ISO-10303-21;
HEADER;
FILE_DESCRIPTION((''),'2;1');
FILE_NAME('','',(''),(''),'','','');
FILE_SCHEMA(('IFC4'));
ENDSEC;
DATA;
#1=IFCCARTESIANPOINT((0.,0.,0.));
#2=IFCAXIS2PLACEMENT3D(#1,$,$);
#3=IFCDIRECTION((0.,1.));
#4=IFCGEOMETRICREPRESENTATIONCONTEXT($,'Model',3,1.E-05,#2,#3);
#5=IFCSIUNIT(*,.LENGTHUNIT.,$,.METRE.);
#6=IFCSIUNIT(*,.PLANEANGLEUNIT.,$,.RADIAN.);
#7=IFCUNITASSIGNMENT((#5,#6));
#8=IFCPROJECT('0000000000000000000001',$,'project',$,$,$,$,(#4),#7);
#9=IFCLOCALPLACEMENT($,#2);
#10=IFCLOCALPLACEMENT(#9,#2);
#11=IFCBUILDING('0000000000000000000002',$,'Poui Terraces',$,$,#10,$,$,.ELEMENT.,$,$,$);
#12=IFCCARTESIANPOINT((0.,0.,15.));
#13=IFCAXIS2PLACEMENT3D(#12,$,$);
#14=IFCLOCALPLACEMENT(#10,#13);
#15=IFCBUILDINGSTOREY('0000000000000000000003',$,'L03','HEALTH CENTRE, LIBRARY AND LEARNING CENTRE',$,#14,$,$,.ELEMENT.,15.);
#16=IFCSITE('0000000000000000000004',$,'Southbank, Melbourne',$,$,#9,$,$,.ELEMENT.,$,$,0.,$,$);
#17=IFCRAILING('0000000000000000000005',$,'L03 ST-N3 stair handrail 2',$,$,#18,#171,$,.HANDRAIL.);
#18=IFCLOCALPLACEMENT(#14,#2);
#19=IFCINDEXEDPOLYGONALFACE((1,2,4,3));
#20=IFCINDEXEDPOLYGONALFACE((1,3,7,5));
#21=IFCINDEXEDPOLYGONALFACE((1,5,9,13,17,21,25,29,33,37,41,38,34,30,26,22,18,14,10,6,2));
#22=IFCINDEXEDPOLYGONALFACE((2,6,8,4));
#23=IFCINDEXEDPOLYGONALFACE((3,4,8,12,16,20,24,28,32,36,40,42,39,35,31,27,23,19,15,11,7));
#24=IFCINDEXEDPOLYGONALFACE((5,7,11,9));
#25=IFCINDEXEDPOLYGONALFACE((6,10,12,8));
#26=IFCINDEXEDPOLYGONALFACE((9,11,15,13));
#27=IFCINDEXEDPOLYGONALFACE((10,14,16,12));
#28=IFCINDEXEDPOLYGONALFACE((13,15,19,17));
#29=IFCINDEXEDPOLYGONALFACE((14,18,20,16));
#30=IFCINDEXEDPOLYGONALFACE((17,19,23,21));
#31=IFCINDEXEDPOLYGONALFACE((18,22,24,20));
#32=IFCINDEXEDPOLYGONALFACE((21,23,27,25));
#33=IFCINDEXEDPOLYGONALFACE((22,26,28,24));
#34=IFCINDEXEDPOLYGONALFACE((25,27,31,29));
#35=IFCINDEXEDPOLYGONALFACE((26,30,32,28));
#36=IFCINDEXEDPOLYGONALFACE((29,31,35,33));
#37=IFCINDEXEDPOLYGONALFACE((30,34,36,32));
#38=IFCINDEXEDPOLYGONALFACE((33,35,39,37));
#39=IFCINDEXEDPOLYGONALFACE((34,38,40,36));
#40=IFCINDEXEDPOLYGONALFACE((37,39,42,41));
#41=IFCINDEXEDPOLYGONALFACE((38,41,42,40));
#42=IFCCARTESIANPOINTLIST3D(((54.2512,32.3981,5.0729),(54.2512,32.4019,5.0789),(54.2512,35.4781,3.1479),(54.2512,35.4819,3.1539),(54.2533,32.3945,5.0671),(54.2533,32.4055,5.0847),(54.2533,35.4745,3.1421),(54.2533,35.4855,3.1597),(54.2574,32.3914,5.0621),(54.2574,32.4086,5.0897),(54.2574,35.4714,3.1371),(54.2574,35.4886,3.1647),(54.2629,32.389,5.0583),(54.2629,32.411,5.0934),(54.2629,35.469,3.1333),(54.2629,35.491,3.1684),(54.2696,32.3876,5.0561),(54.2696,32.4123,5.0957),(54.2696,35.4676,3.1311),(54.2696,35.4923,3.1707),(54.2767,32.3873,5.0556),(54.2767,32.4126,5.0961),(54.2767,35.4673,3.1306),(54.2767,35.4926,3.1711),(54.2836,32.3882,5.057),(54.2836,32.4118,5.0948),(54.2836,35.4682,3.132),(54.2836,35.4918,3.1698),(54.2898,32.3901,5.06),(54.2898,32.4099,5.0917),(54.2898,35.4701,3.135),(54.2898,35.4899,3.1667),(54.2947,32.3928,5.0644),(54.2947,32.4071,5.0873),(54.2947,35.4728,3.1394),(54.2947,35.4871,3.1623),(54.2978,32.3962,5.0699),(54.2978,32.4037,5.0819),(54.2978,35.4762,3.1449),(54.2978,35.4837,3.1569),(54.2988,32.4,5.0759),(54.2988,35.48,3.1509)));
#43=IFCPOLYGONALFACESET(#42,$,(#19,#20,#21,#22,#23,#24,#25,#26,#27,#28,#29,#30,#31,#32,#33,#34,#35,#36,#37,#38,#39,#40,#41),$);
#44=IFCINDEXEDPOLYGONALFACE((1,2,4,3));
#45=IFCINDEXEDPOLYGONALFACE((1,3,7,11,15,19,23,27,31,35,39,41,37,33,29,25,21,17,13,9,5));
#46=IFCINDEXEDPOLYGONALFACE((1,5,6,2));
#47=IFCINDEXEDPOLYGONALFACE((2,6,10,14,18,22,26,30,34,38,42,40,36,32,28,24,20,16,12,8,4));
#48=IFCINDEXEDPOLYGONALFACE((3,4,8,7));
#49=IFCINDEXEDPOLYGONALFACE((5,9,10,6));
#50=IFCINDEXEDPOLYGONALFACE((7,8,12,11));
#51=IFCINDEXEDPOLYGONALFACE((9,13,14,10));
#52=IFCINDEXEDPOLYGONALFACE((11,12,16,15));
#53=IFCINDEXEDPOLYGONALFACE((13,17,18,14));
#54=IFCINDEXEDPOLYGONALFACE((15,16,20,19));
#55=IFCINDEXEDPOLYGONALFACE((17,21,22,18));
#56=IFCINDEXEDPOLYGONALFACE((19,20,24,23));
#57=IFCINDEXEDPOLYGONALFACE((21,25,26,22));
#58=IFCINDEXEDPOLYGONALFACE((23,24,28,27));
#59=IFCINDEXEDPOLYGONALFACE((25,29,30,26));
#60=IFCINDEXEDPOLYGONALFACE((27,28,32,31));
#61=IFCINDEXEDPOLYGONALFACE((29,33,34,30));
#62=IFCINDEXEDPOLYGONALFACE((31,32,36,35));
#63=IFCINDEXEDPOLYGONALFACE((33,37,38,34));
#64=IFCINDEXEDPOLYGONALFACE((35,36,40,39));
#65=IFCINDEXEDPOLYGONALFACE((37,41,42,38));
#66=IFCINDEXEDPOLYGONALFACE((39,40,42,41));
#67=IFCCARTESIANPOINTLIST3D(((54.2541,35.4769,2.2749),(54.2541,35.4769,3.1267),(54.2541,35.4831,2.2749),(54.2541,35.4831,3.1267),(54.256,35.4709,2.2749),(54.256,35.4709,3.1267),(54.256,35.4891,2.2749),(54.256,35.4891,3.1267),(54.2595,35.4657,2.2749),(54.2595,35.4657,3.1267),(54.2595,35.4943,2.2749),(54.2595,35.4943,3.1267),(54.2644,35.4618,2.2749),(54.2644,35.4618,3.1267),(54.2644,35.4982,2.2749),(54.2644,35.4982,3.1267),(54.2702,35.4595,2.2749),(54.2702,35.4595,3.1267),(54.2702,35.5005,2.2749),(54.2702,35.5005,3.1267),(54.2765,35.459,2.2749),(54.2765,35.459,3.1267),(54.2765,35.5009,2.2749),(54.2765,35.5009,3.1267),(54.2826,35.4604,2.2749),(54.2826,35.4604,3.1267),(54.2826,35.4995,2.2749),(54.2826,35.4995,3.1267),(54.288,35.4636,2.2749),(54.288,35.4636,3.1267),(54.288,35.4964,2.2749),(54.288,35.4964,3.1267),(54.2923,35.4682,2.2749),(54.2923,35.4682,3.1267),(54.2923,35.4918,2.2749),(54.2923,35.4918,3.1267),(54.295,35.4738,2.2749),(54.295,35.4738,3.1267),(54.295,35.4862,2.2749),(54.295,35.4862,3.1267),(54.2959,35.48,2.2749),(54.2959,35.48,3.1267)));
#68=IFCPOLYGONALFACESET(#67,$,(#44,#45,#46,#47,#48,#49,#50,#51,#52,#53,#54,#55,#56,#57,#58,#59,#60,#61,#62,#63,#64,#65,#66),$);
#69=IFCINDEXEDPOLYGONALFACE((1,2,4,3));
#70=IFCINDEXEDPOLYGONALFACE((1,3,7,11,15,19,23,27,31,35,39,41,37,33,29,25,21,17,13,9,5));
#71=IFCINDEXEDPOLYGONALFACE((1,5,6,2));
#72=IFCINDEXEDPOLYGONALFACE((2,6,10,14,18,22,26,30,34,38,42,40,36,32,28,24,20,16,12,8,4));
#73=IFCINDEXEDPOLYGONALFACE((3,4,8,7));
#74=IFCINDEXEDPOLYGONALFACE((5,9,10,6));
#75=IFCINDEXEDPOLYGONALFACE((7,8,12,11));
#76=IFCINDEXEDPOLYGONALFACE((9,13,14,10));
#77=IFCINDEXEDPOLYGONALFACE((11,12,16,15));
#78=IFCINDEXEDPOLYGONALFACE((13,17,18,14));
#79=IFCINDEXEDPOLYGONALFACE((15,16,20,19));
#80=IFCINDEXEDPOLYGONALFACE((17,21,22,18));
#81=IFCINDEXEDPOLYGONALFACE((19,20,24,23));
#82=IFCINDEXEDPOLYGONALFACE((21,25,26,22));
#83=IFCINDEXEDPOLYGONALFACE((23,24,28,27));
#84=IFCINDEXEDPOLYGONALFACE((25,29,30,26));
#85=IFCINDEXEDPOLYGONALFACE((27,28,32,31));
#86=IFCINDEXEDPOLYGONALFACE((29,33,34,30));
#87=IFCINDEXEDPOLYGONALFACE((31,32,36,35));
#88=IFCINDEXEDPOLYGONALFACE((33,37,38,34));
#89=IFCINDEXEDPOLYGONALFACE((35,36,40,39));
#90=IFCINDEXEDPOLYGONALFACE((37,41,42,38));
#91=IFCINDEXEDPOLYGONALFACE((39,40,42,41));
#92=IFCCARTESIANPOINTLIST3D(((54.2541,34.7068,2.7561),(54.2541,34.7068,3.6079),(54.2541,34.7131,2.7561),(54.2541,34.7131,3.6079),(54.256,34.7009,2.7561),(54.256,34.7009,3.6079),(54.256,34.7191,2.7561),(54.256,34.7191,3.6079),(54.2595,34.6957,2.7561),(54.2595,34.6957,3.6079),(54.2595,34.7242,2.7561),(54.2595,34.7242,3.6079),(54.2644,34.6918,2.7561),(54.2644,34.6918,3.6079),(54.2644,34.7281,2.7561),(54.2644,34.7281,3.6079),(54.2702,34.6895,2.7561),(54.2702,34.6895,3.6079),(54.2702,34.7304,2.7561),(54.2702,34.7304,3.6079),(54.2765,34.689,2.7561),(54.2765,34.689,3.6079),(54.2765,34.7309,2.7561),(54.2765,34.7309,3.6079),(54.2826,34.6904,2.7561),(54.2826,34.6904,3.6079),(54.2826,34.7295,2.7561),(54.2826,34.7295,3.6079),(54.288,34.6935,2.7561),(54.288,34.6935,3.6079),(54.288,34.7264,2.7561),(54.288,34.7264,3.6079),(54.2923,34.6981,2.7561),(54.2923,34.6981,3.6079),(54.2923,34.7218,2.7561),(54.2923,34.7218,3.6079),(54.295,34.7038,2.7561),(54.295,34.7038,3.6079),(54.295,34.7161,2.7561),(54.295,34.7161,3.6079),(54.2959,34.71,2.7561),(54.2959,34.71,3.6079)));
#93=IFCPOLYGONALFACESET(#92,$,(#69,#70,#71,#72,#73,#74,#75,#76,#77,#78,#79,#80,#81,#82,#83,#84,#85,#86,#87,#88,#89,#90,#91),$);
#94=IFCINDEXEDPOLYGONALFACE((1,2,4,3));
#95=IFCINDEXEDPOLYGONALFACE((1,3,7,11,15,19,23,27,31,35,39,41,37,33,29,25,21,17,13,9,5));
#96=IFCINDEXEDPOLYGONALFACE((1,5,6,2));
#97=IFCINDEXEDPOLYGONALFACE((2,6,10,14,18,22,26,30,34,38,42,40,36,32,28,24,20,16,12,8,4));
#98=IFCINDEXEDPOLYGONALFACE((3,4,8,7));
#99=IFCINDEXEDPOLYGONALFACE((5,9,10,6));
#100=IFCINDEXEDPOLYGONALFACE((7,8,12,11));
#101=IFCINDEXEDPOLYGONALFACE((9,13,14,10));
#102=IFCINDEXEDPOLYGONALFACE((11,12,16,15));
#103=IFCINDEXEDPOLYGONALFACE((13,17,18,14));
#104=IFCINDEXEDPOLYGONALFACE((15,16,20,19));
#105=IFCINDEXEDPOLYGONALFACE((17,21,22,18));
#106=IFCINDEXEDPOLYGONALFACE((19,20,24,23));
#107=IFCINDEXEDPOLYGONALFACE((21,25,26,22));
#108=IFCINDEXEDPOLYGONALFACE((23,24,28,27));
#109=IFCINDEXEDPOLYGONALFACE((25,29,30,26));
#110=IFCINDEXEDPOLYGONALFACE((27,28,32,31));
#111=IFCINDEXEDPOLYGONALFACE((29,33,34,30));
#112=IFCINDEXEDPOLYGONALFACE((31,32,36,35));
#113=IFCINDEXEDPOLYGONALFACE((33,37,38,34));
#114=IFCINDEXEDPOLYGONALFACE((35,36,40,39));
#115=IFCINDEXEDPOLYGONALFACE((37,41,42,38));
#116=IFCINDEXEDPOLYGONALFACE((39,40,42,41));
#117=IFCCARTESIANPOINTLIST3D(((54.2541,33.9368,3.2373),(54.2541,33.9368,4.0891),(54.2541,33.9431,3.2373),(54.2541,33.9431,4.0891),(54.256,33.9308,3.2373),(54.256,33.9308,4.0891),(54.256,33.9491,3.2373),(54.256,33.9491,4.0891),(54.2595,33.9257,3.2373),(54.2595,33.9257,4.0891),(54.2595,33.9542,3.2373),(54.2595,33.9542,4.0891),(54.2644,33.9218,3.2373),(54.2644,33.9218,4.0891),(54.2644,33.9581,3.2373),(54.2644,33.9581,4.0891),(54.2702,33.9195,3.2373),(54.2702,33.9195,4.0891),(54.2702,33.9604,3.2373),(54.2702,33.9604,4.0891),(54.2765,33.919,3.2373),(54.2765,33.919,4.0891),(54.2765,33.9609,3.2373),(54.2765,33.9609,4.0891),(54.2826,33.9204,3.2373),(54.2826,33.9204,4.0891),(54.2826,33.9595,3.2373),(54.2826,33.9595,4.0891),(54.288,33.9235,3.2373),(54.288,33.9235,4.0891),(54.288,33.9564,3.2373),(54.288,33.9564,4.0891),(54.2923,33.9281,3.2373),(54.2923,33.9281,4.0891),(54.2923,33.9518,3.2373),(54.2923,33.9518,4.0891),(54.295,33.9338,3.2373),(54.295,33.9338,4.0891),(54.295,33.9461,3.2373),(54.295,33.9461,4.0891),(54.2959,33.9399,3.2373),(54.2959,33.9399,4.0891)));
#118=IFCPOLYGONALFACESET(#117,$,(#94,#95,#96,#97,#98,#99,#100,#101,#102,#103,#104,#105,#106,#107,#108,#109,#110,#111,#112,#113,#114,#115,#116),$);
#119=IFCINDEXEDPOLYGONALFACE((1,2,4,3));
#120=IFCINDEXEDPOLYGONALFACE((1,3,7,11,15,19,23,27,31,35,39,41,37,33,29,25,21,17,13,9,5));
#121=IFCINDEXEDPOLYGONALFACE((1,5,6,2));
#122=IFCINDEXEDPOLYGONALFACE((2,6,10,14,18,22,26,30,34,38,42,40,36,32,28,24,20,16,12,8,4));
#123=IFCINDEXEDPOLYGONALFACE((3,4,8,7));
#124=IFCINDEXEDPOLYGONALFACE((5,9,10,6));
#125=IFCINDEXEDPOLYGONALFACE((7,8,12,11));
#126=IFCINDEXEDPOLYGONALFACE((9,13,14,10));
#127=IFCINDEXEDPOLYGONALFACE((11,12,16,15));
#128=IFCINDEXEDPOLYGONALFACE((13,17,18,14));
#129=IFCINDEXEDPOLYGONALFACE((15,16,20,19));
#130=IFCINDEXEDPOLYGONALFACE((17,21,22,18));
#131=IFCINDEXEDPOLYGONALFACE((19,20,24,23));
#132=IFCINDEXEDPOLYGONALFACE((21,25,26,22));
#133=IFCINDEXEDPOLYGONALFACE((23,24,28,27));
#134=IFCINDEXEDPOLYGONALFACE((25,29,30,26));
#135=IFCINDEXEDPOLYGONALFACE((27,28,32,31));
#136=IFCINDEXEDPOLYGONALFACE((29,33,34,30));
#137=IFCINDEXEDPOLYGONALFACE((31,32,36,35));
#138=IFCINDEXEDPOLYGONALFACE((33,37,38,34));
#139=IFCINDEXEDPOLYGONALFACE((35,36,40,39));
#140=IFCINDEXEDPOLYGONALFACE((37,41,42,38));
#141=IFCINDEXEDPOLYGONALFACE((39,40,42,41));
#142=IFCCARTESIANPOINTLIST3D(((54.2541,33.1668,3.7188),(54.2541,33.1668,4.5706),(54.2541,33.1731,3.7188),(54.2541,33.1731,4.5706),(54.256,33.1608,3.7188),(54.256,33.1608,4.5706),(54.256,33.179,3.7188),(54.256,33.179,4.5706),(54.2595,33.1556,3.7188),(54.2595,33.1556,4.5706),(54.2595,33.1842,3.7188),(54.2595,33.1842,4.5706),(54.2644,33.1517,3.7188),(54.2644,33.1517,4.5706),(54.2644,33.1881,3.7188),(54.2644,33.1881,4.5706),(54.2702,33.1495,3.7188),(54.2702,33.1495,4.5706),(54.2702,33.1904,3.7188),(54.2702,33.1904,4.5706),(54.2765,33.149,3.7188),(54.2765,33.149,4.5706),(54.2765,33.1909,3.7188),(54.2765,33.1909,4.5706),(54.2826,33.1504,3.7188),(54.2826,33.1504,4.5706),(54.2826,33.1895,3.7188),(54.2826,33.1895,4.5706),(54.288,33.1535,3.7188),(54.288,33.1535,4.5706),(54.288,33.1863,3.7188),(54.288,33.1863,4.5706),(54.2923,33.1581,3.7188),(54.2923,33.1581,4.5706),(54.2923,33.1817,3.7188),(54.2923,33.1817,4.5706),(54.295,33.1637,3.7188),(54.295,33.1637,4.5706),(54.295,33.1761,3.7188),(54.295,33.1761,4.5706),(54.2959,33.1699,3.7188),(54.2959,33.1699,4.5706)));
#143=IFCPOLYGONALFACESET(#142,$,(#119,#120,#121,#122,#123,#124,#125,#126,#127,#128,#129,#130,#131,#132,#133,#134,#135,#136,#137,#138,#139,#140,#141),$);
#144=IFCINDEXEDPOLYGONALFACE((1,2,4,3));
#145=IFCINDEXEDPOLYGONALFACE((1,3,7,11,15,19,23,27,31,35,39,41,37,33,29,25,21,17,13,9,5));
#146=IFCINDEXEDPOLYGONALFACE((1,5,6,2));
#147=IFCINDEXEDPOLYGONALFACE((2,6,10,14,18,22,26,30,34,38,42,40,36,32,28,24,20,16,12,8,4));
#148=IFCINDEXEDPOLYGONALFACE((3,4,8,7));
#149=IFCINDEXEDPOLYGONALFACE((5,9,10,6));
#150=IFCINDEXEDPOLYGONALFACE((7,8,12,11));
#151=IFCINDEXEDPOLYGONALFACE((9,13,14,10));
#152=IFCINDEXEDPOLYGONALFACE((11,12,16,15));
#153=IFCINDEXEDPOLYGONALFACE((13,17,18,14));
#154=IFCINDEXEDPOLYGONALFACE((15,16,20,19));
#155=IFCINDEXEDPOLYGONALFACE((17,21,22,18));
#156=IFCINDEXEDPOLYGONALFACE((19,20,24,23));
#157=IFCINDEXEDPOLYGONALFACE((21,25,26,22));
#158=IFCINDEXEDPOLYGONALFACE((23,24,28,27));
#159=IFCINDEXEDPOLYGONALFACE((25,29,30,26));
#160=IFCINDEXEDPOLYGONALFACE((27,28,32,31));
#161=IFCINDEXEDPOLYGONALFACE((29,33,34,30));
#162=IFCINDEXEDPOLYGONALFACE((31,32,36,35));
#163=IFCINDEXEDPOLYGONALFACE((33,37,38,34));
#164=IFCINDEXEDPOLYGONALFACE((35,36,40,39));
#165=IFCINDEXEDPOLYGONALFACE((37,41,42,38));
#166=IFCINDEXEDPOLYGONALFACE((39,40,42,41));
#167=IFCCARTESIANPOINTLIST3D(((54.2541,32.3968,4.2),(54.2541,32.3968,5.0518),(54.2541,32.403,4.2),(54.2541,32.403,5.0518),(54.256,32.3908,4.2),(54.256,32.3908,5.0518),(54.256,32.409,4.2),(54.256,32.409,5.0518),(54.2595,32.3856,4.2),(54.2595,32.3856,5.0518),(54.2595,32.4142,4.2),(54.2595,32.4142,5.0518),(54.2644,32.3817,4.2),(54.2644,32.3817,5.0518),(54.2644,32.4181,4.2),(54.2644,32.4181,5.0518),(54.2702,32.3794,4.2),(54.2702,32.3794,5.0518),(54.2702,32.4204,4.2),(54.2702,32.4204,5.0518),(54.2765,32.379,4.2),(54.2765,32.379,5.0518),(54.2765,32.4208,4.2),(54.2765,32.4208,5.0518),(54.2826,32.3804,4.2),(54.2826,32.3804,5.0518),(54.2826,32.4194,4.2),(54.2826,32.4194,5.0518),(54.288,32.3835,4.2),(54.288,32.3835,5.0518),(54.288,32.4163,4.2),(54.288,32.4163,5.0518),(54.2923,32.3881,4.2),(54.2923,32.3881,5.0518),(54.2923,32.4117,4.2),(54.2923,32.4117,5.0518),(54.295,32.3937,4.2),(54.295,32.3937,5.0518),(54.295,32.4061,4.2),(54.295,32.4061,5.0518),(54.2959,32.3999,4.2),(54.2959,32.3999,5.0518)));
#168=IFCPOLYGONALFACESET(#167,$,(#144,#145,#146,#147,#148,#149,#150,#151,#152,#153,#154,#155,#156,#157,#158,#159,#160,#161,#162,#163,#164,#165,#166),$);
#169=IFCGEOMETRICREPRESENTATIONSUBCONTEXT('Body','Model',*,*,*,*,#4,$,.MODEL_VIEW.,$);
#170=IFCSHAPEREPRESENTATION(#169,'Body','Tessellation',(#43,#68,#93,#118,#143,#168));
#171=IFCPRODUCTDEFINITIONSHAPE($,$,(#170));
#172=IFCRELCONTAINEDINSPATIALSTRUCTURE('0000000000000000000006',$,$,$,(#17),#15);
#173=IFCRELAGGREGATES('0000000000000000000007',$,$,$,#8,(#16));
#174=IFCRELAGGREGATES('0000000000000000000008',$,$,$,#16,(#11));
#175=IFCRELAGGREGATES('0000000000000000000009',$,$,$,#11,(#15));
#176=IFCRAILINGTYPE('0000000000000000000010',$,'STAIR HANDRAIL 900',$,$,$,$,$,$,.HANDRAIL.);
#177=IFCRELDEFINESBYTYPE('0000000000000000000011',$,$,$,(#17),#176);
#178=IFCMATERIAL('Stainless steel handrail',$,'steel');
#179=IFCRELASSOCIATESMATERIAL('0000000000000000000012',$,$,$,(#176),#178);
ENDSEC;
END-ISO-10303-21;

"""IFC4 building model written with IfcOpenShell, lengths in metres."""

from ifc_helpers import new_model, si_unit, direction, frame, origin, origin_2d, place, context, subcontext, project, spatial, circle, extrude, material, type_object, element, save


model = new_model("IFC4")

# Units and contexts
model_context = context("Model", 3, precision=1e-05, world=origin(), true_north=direction((0.0, 1.0)))
body_context = subcontext(model_context, "Body", "Model", "MODEL_VIEW")
ifc_project = project(units=[si_unit("LENGTHUNIT", "METRE"), si_unit("PLANEANGLEUNIT", "RADIAN")], contexts=[model_context])

# Site, building, storey
site_placement = place(None, origin())
site = spatial("IfcSite", under=ifc_project, at=site_placement, Name="Southbank, Melbourne", CompositionType="ELEMENT", RefElevation=0.0)
building_placement = place(site_placement, origin())
building = spatial("IfcBuilding", under=site, at=building_placement, Name="Poui Terraces", CompositionType="ELEMENT")
storey_placement = place(building_placement, frame((0.0, 0.0, 15.0)))
storey = spatial("IfcBuildingStorey", under=building, at=storey_placement, Name="L03", Description="HEALTH CENTRE, LIBRARY AND LEARNING CENTRE", CompositionType="ELEMENT", Elevation=15.0)

# Railing
ifc_material_1 = material(Name="Stainless steel handrail", Category="steel")
railing_type_1 = type_object("IfcRailingType", Name="STAIR HANDRAIL 900", PredefinedType="HANDRAIL", material=ifc_material_1)
railing_1_placement = place(storey_placement, frame((54.2749, 35.48, 2.2749)))
element("IfcRailing", 1, at=railing_1_placement, inside=storey, type_object=railing_type_1, Name="L03 ST-N3 stair handrail 2", PredefinedType="HANDRAIL", context=body_context, shape_type="SweptSolid", body=[
    extrude(circle(Radius=0.0239, at=origin_2d()), frame((0.0, 0.0, 0.876), z_axis=(0.0, -0.847998, 0.529999), x_axis=(1.0, 0.0, 0.0)), (0.0, 0.0, 1.0), 3.6321),
    extrude(circle(Radius=0.021, at=origin_2d()), origin(), (0.0, 0.0, 1.0), 0.8518),
    extrude(circle(Radius=0.021, at=origin_2d()), frame((0.0, -0.77, 0.4812)), (0.0, 0.0, 1.0), 0.8518),
    extrude(circle(Radius=0.021, at=origin_2d()), frame((0.0, -1.54, 0.9624)), (0.0, 0.0, 1.0), 0.8518),
    extrude(circle(Radius=0.021, at=origin_2d()), frame((0.0, -2.3101, 1.4438)), (0.0, 0.0, 1.0), 0.8518),
    extrude(circle(Radius=0.021, at=origin_2d()), frame((0.0, -3.0801, 1.925)), (0.0, 0.0, 1.0), 0.8518),
])

save(model, "model.ifc")
